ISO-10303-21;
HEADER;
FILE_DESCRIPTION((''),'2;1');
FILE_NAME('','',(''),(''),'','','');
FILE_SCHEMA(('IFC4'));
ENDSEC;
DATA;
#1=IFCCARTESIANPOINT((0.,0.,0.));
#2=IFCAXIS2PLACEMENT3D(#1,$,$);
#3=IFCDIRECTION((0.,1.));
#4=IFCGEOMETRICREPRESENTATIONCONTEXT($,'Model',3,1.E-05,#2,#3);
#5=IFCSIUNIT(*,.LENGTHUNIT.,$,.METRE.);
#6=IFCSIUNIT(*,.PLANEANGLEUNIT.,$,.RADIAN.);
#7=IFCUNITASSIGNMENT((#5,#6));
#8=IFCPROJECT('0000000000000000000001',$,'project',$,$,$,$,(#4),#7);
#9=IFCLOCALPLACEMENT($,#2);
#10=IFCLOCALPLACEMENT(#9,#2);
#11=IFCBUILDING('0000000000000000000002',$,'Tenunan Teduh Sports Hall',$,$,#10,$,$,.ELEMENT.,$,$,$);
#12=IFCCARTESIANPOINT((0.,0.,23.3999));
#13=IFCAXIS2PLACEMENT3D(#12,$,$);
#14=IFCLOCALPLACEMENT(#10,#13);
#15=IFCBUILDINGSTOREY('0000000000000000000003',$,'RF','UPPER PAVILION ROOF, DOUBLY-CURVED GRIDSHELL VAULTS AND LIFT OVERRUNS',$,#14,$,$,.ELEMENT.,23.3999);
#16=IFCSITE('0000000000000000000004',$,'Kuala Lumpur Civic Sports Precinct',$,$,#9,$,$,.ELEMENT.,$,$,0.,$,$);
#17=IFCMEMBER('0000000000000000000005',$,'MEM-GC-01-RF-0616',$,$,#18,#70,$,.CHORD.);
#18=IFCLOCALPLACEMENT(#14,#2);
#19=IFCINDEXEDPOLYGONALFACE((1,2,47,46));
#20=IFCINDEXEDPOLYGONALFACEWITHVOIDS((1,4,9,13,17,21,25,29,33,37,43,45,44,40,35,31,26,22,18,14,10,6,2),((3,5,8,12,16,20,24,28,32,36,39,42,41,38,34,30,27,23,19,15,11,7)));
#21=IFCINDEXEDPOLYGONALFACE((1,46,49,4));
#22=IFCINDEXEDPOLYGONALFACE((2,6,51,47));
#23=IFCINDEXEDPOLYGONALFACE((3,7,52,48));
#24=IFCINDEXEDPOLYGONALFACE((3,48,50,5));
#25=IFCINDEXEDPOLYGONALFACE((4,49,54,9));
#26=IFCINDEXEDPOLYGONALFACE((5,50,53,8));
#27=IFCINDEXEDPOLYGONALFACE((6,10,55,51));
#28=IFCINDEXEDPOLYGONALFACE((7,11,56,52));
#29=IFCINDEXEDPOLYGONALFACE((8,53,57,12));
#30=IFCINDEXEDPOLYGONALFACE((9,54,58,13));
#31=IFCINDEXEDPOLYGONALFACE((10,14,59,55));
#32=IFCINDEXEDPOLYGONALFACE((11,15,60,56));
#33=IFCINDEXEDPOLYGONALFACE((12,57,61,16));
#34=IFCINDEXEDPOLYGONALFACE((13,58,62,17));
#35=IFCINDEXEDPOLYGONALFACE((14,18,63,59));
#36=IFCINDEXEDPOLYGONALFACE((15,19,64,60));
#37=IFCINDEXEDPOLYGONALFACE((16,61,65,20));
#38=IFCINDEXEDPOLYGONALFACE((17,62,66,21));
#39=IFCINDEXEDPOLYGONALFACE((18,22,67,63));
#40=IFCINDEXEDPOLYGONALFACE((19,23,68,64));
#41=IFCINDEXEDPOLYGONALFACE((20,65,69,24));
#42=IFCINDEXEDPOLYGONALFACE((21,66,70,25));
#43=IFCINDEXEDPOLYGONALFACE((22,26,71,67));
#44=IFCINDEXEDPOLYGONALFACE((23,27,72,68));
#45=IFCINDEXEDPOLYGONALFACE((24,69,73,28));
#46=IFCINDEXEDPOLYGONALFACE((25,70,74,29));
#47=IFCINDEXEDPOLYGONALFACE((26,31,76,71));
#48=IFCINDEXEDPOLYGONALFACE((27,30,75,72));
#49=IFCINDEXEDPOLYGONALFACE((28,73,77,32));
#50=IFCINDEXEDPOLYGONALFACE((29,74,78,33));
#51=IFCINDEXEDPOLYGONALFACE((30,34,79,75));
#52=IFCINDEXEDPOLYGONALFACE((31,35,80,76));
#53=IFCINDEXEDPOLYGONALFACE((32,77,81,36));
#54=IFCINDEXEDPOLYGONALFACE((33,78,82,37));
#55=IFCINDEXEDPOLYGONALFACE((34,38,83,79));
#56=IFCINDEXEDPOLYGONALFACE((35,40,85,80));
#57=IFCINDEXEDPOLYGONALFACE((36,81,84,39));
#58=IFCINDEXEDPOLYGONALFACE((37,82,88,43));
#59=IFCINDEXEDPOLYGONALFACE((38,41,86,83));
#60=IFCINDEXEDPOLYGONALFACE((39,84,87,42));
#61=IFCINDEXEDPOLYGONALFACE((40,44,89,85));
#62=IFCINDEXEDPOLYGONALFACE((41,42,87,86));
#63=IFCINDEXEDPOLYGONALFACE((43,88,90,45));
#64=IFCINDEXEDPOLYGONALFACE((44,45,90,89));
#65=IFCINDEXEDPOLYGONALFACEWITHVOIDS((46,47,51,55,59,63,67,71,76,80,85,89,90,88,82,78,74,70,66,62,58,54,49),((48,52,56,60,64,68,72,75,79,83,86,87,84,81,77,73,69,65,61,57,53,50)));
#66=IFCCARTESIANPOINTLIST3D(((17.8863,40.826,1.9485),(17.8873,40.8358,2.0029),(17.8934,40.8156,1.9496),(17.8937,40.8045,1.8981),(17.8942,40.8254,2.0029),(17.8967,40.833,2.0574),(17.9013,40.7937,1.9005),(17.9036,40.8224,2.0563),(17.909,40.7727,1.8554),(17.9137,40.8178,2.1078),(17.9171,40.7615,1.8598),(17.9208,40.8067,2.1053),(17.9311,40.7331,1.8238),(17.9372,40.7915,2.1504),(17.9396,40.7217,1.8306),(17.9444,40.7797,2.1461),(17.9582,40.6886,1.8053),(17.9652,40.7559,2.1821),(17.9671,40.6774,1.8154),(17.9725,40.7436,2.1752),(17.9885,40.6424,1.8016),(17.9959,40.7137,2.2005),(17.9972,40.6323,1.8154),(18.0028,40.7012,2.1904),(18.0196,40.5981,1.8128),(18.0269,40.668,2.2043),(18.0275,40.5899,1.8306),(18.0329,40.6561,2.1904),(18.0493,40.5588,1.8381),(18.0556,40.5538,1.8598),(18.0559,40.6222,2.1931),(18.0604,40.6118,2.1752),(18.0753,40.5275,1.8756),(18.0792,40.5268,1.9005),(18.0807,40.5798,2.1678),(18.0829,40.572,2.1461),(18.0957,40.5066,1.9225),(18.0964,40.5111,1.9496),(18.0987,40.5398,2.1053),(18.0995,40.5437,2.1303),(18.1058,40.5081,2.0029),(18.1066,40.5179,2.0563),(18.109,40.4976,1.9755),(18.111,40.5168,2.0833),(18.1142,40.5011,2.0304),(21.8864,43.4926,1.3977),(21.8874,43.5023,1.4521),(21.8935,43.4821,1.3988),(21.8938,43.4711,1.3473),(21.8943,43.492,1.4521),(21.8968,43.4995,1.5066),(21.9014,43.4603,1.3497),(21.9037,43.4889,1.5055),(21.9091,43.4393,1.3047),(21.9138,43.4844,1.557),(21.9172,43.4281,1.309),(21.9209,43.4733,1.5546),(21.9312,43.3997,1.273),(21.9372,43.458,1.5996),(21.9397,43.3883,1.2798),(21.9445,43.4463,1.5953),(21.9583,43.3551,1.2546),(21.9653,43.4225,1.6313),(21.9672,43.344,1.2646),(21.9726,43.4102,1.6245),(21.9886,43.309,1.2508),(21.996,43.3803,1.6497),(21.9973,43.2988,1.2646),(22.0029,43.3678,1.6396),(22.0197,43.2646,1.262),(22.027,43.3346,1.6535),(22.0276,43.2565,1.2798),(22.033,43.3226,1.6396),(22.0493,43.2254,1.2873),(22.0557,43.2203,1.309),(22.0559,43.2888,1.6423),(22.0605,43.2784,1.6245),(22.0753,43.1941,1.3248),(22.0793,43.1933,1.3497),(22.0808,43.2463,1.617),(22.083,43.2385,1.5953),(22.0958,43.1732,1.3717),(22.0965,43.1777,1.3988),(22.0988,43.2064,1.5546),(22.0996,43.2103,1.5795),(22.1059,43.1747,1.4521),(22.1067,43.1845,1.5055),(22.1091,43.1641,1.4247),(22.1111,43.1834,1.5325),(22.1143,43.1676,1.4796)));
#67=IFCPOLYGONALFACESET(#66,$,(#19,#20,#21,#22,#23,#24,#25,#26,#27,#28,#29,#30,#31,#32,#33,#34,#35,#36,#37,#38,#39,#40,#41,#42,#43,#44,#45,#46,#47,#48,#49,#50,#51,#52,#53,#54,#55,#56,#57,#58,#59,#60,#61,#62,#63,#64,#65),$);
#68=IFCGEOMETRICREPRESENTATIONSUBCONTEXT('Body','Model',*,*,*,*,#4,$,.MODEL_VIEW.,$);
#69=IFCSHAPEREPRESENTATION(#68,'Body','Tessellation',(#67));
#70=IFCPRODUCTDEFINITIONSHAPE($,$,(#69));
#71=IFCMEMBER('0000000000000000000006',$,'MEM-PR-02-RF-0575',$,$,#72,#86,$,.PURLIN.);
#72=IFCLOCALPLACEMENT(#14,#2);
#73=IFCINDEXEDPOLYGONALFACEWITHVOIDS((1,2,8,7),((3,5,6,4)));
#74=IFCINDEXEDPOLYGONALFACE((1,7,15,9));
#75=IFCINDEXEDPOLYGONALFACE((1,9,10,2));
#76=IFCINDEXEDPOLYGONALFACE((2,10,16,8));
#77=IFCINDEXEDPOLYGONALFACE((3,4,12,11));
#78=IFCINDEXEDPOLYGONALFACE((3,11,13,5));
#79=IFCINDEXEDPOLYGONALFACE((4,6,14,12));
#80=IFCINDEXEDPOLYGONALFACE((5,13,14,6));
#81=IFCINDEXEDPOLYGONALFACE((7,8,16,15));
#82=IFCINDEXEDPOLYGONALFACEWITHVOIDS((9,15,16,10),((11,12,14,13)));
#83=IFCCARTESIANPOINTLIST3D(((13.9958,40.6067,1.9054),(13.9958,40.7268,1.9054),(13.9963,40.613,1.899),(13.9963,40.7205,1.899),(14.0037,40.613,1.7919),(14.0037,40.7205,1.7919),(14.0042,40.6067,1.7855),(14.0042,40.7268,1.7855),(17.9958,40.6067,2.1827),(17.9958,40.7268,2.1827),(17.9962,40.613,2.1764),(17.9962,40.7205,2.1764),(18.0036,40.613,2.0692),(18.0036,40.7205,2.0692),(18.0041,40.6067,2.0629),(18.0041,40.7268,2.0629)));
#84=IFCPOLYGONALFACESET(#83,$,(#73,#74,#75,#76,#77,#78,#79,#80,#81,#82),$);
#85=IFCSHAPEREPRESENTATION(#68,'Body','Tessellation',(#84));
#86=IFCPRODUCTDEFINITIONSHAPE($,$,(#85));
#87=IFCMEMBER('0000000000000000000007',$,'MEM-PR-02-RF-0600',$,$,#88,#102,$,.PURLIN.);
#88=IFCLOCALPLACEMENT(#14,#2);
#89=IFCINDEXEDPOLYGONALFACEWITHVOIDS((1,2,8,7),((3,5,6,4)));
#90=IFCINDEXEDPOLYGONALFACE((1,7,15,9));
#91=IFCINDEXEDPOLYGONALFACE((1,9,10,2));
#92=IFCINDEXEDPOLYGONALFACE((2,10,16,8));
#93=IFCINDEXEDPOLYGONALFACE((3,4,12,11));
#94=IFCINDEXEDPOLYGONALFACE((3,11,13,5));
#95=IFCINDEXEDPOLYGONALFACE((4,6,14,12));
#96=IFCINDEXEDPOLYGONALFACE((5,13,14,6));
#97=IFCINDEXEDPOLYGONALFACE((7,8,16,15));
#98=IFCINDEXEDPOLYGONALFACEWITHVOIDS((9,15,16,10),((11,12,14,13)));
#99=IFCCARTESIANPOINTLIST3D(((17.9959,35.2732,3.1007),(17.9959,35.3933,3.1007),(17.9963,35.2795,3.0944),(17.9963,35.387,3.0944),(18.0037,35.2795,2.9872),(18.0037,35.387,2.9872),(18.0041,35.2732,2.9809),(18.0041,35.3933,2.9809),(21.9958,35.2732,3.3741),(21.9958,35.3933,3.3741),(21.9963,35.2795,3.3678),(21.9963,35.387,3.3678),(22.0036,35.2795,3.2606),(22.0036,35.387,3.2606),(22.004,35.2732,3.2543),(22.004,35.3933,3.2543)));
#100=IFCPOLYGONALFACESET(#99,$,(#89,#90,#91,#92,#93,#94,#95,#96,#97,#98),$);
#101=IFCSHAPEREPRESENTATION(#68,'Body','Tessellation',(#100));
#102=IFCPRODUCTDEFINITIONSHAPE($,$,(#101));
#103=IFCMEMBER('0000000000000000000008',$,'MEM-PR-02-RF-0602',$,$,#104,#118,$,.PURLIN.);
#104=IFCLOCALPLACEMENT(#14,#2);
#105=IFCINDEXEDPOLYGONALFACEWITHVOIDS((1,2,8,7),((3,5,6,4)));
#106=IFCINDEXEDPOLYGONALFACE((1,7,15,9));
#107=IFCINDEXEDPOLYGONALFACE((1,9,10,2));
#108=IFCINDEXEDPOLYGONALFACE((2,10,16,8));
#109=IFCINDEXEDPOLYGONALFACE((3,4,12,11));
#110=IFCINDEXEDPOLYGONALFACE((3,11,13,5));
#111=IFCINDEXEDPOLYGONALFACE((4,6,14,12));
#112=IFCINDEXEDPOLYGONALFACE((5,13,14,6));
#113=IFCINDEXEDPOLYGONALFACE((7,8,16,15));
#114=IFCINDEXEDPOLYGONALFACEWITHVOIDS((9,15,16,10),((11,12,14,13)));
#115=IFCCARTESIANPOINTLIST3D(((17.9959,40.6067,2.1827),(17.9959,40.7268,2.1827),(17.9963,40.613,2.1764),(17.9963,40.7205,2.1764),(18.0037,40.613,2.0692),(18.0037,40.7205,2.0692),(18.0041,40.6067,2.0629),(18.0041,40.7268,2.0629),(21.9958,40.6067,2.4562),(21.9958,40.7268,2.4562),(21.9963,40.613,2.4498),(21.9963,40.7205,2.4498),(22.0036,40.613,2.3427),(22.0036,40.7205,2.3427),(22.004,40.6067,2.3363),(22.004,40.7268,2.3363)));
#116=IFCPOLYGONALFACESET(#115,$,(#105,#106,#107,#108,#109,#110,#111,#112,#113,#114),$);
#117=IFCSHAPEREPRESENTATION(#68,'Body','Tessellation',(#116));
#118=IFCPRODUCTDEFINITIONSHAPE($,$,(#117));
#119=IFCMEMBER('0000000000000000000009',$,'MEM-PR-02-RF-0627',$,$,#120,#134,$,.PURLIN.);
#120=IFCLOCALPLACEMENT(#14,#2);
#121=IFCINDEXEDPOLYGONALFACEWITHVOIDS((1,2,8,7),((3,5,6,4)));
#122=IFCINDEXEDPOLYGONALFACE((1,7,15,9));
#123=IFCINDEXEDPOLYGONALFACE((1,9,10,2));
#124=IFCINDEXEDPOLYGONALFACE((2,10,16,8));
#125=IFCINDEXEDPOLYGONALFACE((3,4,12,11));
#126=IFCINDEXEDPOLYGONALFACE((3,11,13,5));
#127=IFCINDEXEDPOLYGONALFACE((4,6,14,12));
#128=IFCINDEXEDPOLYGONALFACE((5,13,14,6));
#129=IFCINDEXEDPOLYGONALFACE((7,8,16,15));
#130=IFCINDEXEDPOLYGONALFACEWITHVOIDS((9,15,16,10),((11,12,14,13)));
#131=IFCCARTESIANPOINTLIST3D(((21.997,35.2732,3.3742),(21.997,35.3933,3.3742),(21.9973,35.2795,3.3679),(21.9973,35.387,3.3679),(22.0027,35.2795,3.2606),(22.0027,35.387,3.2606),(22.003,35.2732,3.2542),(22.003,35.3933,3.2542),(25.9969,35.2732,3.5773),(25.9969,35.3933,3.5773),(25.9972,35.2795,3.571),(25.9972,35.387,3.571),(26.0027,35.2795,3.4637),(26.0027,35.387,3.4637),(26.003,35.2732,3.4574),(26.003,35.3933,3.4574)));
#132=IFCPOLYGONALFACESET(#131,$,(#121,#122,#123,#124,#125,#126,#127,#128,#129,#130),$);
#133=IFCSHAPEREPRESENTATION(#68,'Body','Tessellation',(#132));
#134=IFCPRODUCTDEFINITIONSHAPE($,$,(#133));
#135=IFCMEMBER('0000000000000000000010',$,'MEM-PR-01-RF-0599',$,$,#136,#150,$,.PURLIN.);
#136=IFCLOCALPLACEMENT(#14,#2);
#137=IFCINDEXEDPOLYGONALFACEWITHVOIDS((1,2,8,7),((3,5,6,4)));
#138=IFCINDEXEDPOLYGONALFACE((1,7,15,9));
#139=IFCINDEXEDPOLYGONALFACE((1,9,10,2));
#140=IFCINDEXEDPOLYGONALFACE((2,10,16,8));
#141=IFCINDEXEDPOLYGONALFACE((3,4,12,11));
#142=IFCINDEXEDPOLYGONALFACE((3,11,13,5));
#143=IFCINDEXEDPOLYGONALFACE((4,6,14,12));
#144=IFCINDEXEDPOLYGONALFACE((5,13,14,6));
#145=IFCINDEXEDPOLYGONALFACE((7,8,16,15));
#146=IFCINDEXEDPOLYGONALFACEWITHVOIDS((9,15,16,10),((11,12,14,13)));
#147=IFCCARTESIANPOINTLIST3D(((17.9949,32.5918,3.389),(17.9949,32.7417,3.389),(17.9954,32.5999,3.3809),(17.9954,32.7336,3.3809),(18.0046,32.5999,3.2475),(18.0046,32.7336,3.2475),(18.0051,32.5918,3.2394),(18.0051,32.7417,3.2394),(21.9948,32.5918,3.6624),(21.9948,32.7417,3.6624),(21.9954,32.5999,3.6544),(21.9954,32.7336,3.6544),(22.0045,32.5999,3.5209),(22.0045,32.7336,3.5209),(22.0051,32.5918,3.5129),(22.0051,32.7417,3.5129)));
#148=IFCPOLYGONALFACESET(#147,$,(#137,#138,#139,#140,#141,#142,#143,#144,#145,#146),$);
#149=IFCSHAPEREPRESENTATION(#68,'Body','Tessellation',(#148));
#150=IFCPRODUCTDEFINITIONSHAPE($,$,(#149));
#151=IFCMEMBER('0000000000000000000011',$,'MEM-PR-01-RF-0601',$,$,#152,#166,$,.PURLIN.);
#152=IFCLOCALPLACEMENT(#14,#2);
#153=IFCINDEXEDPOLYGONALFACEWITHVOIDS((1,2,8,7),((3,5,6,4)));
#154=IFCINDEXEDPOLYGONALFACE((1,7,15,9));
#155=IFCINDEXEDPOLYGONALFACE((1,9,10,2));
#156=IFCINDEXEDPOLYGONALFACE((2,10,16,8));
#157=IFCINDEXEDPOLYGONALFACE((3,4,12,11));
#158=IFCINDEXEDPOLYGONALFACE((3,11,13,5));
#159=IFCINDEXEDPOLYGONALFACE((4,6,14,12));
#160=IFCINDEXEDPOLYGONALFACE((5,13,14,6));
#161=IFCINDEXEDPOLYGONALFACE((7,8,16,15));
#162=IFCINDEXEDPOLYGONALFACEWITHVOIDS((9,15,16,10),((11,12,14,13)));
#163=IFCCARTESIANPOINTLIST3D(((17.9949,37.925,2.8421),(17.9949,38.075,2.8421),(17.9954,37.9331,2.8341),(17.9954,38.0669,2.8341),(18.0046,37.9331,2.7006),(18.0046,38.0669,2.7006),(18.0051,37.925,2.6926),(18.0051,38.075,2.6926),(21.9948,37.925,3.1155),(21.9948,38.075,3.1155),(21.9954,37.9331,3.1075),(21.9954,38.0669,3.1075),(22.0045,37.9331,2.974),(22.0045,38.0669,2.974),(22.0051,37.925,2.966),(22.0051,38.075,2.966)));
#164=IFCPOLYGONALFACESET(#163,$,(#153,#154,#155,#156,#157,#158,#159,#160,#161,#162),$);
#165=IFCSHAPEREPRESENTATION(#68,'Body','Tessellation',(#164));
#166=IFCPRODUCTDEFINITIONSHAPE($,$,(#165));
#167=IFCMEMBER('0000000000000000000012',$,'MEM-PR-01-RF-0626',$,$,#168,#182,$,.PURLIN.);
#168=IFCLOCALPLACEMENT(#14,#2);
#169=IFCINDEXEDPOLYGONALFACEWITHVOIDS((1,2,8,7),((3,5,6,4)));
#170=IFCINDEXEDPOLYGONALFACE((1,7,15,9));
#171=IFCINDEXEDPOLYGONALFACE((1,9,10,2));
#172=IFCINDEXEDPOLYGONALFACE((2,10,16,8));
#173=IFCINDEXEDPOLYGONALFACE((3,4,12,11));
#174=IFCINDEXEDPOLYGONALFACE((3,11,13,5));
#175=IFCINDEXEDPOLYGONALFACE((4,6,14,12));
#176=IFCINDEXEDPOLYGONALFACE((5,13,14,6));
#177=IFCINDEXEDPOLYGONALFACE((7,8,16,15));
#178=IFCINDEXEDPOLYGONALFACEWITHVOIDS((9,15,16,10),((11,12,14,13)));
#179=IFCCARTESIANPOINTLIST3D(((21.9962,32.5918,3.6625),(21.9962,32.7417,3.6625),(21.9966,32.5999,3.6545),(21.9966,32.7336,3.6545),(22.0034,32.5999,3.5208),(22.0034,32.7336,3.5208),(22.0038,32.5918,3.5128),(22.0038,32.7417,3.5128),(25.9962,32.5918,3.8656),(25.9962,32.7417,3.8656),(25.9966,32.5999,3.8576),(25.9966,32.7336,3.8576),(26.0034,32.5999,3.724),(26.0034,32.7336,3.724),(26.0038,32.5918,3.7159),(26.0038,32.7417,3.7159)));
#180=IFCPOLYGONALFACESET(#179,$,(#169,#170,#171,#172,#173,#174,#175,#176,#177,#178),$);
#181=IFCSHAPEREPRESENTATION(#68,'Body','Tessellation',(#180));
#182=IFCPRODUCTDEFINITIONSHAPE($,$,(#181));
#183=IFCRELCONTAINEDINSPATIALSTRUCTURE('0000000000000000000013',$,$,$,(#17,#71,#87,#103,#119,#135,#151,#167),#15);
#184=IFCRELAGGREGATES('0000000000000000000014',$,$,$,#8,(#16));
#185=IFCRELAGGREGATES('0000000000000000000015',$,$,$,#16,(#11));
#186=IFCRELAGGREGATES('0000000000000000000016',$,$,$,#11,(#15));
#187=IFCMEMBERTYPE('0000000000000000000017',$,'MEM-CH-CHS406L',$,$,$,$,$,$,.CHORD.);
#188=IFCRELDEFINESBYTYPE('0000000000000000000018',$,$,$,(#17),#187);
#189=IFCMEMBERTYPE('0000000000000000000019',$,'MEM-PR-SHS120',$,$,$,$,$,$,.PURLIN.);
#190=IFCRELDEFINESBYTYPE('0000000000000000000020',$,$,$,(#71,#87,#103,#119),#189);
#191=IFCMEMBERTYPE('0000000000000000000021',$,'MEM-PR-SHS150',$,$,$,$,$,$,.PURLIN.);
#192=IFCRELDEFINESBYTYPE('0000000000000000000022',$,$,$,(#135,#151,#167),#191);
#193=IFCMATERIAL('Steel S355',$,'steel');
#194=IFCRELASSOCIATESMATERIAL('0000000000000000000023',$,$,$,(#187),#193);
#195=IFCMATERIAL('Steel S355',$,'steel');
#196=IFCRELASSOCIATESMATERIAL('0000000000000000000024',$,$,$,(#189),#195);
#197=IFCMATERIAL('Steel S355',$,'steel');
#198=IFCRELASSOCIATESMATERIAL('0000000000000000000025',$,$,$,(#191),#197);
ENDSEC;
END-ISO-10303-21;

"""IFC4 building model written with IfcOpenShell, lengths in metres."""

from ifc_helpers import new_model, si_unit, direction, frame, origin, origin_2d, place, context, subcontext, project, spatial, hollow_rectangle, hollow_circle, extrude, material, material_profile, profile_set, type_object, element, save


model = new_model("IFC4")

# Units and contexts
model_context = context("Model", 3, precision=1e-05, world=origin(), true_north=direction((0.0, 1.0)))
body_context = subcontext(model_context, "Body", "Model", "MODEL_VIEW")
ifc_project = project(units=[si_unit("LENGTHUNIT", "METRE"), si_unit("PLANEANGLEUNIT", "RADIAN")], contexts=[model_context])

# Site, building, storey
site_placement = place(None, origin())
site = spatial("IfcSite", under=ifc_project, at=site_placement, Name="Kuala Lumpur Civic Sports Precinct", CompositionType="ELEMENT", RefElevation=0.0)
building_placement = place(site_placement, origin())
building = spatial("IfcBuilding", under=site, at=building_placement, Name="Tenunan Teduh Sports Hall", CompositionType="ELEMENT")
storey_placement = place(building_placement, frame((0.0, 0.0, 23.3999)))
storey = spatial("IfcBuildingStorey", under=building, at=storey_placement, Name="RF", Description="UPPER PAVILION ROOF, DOUBLY-CURVED GRIDSHELL VAULTS AND LIFT OVERRUNS", CompositionType="ELEMENT", Elevation=23.3999)

# Members
ifc_material_1 = material(Name="Steel S355", Category="steel")
ifc_material_profile_1 = material_profile(ifc_material_1, hollow_circle(Radius=0.2031, WallThickness=0.0125, at=origin_2d()), Name="CHS 406.4x12.5")
ifc_profile_set_1 = profile_set([ifc_material_profile_1], Name="Steel S355")
member_type_1 = type_object("IfcMemberType", Name="MEM-CH-CHS406L", PredefinedType="CHORD", material=ifc_profile_set_1)
member_1_placement = place(storey_placement, frame((18.0, 40.6667, 2.0029), z_axis=(0.826658, 0.551072, -0.113827), x_axis=(-0.554677, 0.832066, 0.0)))
element("IfcMember", 1, at=member_1_placement, inside=storey, type_object=member_type_1, Name="MEM-GC-01-RF-0616", PredefinedType="CHORD", context=body_context, shape_type="SweptSolid", body=[
    extrude(hollow_circle(Radius=0.2031, WallThickness=0.0125, at=origin_2d()), origin(), (0.0, 0.0, 1.0), 4.8389),
])
ifc_material_2 = material(Name="Steel S355", Category="steel")
ifc_material_profile_2 = material_profile(ifc_material_2, hollow_rectangle(XDim=0.1201, YDim=0.1201, WallThickness=0.0063, at=origin_2d()), Name="SHS 120x120x6.3")
ifc_profile_set_2 = profile_set([ifc_material_profile_2], Name="Steel S355")
member_type_2 = type_object("IfcMemberType", Name="MEM-PR-SHS120", PredefinedType="PURLIN", material=ifc_profile_set_2)
member_2_placement = place(storey_placement, frame((14.0, 40.6667, 1.8455), z_axis=(0.997605, 0.0, 0.06917), x_axis=(0.0, 1.0, 0.0)))
element("IfcMember", 2, at=member_2_placement, inside=storey, type_object=member_type_2, Name="MEM-PR-02-RF-0575", PredefinedType="PURLIN", context=body_context, shape_type="SweptSolid", body=[
    extrude(hollow_rectangle(XDim=0.1201, YDim=0.1201, WallThickness=0.0063, at=origin_2d()), origin(), (0.0, 0.0, 1.0), 4.0095),
])
for number, where, z_axis, x_axis, name in (
    (3, (18.0, 35.3333, 3.0408), (0.997672, 0.0, 0.0682), (0.0, 1.0, 0.0), "MEM-PR-02-RF-0600"),
    (4, (18.0, 40.6667, 2.1228), (0.997672, 0.0, 0.0682), (0.0, 1.0, 0.0), "MEM-PR-02-RF-0602"),
):
    element("IfcMember", number, at=place(storey_placement, frame(where, z_axis=z_axis, x_axis=x_axis)), inside=storey, type_object=member_type_2, Name=name, PredefinedType="PURLIN", context=body_context, shape_type="SweptSolid", body=[
        extrude(hollow_rectangle(XDim=0.1201, YDim=0.1201, WallThickness=0.0063, at=origin_2d()), origin(), (0.0, 0.0, 1.0), 4.0093),
    ])
member_3_placement = place(storey_placement, frame((22.0, 35.3333, 3.3142), z_axis=(0.998713, 0.0, 0.050716), x_axis=(0.0, 1.0, 0.0)))
element("IfcMember", 5, at=member_3_placement, inside=storey, type_object=member_type_2, Name="MEM-PR-02-RF-0627", PredefinedType="PURLIN", context=body_context, shape_type="SweptSolid", body=[
    extrude(hollow_rectangle(XDim=0.1201, YDim=0.1201, WallThickness=0.0063, at=origin_2d()), origin(), (0.0, 0.0, 1.0), 4.0051),
])
ifc_material_3 = material(Name="Steel S355", Category="steel")
ifc_material_profile_3 = material_profile(ifc_material_3, hollow_rectangle(XDim=0.1499, YDim=0.1499, WallThickness=0.0081, at=origin_2d()), Name="SHS 150x150x8.0")
ifc_profile_set_3 = profile_set([ifc_material_profile_3], Name="Steel S355")
member_type_3 = type_object("IfcMemberType", Name="MEM-PR-SHS150", PredefinedType="PURLIN", material=ifc_profile_set_3)
for number, where, z_axis, x_axis, name in (
    (6, (18.0, 32.6667, 3.3142), (0.997672, 0.0, 0.0682), (0.0, 1.0, 0.0), "MEM-PR-01-RF-0599"),
    (7, (18.0, 38.0, 2.7673), (0.997672, 0.0, 0.0682), (0.0, 1.0, 0.0), "MEM-PR-01-RF-0601"),
):
    element("IfcMember", number, at=place(storey_placement, frame(where, z_axis=z_axis, x_axis=x_axis)), inside=storey, type_object=member_type_3, Name=name, PredefinedType="PURLIN", context=body_context, shape_type="SweptSolid", body=[
        extrude(hollow_rectangle(XDim=0.1499, YDim=0.1499, WallThickness=0.0081, at=origin_2d()), origin(), (0.0, 0.0, 1.0), 4.0093),
    ])
member_4_placement = place(storey_placement, frame((22.0, 32.6667, 3.5876), z_axis=(0.998713, 0.0, 0.050716), x_axis=(0.0, 1.0, 0.0)))
element("IfcMember", 8, at=member_4_placement, inside=storey, type_object=member_type_3, Name="MEM-PR-01-RF-0626", PredefinedType="PURLIN", context=body_context, shape_type="SweptSolid", body=[
    extrude(hollow_rectangle(XDim=0.1499, YDim=0.1499, WallThickness=0.0081, at=origin_2d()), origin(), (0.0, 0.0, 1.0), 4.0051),
])

save(model, "model.ifc")
